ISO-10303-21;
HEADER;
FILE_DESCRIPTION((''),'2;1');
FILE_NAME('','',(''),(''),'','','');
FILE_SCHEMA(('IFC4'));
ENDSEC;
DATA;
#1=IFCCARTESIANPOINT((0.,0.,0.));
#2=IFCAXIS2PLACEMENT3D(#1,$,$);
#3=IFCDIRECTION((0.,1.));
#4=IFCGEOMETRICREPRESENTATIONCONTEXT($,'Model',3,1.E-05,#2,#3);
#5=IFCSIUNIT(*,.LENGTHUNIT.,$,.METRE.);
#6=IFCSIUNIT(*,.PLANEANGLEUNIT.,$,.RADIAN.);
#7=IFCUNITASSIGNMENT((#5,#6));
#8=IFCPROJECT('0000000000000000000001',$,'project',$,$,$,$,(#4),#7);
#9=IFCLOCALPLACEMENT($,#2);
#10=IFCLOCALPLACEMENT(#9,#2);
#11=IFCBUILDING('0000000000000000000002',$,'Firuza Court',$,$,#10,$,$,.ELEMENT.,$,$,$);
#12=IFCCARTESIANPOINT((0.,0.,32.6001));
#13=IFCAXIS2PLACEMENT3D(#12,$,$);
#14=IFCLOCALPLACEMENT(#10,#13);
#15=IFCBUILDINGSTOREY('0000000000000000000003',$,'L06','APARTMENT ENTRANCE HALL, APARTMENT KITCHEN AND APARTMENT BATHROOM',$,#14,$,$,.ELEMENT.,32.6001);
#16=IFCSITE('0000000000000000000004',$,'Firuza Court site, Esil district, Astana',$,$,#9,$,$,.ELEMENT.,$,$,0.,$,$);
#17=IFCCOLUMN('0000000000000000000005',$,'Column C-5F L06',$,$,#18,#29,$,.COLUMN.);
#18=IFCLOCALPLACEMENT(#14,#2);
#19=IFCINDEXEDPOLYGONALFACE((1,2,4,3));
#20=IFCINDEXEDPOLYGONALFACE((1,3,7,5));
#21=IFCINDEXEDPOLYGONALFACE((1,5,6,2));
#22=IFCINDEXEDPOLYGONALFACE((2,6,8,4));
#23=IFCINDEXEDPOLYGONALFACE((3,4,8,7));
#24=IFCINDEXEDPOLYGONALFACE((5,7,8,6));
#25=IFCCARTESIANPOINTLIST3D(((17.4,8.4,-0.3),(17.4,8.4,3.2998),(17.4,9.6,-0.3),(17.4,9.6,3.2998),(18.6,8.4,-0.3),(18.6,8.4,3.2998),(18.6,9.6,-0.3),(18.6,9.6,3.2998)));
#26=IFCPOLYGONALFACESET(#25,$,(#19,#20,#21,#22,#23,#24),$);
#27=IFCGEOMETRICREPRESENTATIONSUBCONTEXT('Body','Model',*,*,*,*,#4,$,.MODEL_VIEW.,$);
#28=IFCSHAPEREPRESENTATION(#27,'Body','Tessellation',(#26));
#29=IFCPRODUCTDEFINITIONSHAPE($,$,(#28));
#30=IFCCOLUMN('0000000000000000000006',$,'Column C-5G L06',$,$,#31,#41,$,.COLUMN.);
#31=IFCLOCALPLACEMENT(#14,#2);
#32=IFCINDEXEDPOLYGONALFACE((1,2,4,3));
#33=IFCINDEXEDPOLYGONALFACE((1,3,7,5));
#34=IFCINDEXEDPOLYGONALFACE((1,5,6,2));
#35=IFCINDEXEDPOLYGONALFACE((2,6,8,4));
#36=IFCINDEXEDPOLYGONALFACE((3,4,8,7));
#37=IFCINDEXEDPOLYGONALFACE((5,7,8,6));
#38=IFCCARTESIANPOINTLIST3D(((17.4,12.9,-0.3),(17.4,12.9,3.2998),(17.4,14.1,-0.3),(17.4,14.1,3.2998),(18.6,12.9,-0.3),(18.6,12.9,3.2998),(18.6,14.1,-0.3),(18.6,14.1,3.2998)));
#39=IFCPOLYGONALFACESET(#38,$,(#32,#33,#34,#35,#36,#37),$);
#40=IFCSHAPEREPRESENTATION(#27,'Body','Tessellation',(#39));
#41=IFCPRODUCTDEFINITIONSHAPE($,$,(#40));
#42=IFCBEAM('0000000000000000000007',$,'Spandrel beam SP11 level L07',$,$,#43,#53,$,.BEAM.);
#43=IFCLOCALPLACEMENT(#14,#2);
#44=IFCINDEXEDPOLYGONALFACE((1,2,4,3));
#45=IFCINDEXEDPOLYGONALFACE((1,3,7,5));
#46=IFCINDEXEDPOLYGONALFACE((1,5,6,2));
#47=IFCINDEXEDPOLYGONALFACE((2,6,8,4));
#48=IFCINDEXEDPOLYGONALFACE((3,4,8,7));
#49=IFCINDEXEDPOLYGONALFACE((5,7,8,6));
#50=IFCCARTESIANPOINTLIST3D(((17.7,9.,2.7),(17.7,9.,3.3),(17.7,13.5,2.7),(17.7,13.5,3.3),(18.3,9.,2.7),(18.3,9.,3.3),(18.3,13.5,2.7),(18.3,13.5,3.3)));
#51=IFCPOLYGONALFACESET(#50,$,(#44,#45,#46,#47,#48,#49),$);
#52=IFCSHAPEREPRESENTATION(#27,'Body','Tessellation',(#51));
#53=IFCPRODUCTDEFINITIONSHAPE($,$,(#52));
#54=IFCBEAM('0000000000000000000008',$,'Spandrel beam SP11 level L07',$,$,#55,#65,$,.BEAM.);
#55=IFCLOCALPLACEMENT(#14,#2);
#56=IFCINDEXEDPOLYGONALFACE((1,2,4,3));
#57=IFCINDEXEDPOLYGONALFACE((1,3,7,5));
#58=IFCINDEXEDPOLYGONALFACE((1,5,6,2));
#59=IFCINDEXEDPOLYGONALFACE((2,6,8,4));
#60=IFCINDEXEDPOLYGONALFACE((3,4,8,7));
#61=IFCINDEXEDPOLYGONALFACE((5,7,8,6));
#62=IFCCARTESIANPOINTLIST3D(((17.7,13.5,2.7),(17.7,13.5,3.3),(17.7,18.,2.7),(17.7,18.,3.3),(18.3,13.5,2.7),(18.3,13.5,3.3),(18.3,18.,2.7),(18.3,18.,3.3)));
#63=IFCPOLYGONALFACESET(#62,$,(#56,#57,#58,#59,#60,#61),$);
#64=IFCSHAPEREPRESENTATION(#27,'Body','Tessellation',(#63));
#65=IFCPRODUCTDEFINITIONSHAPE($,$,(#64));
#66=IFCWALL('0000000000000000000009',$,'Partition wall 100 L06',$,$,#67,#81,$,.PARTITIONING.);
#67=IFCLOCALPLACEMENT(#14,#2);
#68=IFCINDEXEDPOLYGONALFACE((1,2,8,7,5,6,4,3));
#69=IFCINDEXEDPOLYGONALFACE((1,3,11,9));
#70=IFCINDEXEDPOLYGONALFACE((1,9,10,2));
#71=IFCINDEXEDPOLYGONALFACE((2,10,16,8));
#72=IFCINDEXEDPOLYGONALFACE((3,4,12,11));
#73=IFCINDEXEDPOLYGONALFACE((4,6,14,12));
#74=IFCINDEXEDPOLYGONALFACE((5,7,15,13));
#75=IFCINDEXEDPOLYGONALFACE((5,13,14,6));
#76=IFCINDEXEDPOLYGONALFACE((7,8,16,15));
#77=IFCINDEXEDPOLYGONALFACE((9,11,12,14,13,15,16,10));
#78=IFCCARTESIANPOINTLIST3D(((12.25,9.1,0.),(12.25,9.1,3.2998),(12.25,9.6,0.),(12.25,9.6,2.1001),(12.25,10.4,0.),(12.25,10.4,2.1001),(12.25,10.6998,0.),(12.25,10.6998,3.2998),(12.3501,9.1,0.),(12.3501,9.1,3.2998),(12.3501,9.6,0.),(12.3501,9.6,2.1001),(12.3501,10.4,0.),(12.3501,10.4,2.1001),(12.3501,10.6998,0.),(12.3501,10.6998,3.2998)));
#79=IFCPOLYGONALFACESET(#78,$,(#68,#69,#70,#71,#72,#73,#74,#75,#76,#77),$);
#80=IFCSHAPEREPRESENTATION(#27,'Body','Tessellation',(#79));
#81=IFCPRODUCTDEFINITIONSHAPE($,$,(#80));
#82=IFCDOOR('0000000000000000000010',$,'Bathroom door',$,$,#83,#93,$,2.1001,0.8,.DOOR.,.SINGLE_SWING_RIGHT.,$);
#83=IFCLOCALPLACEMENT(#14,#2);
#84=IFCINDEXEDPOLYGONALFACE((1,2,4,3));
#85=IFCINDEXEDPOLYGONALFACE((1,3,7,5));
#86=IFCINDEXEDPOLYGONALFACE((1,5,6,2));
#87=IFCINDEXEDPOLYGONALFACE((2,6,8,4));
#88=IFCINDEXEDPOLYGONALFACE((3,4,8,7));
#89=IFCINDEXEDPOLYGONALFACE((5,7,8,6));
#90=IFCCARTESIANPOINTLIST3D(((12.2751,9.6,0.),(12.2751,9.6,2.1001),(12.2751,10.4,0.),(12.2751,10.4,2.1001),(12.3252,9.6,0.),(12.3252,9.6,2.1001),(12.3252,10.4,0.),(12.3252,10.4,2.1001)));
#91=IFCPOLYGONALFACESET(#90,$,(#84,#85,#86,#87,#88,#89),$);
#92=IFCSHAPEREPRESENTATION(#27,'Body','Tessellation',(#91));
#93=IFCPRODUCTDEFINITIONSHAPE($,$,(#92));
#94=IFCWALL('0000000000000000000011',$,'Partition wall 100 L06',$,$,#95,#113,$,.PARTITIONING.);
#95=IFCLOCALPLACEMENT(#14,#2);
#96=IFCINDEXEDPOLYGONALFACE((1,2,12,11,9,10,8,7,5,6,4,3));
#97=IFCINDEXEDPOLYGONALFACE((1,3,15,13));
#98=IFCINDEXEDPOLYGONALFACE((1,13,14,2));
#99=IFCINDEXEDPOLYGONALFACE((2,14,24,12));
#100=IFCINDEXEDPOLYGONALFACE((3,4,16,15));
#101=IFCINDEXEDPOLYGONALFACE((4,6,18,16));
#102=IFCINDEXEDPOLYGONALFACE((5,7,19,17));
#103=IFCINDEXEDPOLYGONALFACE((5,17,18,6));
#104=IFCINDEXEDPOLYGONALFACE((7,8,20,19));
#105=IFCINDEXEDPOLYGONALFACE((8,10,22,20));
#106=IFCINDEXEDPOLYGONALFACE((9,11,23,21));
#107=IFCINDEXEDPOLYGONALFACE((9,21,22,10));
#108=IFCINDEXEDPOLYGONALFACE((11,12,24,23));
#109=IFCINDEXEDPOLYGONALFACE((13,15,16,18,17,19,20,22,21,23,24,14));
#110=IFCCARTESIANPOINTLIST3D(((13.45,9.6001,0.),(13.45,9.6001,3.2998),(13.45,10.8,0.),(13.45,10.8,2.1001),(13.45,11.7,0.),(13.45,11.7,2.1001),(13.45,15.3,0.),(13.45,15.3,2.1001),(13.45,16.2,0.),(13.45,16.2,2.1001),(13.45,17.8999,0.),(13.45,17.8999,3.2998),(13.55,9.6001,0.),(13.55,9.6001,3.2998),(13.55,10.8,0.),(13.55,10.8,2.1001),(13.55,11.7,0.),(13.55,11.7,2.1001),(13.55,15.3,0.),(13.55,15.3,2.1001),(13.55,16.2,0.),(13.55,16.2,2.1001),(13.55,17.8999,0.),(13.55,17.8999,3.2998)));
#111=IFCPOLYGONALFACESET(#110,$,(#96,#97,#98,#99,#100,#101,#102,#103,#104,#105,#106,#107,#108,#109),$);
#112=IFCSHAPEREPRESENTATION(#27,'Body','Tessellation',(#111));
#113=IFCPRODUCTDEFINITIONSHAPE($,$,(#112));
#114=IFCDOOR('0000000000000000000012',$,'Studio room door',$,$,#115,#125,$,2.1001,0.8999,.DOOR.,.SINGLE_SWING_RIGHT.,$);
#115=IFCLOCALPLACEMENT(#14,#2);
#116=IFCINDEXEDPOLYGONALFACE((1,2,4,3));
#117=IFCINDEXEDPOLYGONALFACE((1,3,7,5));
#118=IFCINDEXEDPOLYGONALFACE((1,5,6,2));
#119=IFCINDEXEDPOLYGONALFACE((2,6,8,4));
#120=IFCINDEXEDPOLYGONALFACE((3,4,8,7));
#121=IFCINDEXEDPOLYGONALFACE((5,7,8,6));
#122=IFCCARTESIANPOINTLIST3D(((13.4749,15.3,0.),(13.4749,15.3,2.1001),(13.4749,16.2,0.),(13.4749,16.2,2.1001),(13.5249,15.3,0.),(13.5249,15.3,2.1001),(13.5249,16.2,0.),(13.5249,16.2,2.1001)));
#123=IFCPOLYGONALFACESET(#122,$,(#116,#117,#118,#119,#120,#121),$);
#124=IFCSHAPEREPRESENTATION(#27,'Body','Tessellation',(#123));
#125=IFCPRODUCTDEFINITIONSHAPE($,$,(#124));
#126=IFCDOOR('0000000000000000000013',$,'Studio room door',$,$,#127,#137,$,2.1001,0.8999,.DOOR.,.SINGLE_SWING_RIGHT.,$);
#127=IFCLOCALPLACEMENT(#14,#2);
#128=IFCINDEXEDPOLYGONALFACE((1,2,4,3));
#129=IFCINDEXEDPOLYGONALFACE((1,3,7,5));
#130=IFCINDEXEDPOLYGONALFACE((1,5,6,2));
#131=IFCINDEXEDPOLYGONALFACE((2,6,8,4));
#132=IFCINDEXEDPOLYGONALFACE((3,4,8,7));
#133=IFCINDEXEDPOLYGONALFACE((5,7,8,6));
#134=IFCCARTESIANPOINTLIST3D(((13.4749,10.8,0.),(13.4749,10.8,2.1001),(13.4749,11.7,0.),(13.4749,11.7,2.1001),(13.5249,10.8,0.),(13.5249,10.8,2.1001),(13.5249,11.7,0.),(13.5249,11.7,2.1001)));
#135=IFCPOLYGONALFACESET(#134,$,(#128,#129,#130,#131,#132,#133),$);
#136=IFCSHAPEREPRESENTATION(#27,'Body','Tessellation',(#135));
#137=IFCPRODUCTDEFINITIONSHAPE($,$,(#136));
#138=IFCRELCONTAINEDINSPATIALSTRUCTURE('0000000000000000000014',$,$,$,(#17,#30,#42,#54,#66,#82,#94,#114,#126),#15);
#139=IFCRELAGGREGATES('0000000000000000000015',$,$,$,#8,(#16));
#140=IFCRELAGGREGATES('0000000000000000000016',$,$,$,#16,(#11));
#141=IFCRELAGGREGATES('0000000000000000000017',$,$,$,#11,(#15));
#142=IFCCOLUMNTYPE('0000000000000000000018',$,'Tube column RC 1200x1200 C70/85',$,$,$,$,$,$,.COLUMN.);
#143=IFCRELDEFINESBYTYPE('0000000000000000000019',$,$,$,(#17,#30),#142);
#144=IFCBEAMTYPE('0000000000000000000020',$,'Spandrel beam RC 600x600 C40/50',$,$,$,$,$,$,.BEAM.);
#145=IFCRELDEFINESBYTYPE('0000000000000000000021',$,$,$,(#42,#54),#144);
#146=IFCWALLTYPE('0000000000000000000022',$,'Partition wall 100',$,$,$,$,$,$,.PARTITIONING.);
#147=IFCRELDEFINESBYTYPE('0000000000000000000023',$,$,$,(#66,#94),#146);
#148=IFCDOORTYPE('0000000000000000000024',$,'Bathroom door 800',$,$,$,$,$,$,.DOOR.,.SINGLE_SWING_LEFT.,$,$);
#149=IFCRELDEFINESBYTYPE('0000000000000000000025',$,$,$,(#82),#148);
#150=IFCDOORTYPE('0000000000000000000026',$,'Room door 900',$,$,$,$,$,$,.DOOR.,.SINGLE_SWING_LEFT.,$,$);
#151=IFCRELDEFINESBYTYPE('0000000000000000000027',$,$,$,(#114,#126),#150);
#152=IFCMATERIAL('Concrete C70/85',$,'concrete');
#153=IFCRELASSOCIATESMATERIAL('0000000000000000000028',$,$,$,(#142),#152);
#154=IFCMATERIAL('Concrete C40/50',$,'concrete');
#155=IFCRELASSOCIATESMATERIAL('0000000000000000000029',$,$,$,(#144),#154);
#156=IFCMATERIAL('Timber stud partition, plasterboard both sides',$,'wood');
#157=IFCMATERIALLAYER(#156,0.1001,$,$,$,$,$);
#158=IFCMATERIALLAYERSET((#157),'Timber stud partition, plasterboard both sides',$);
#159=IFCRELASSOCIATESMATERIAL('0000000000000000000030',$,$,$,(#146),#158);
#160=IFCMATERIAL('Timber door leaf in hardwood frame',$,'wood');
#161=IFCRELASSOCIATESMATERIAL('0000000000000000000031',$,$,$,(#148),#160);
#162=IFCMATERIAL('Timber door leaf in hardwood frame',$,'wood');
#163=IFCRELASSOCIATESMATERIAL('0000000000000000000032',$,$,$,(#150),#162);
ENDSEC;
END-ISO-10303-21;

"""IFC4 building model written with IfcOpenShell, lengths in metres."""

from ifc_helpers import new_model, si_unit, direction, frame, frame_2d, origin, origin_2d, place, context, subcontext, project, spatial, rectangle, extrude, material, layer, layer_set, material_profile, profile_set, type_object, element, fill, save


model = new_model("IFC4")

# Units and contexts
model_context = context("Model", 3, precision=1e-05, world=origin(), true_north=direction((0.0, 1.0)))
body_context = subcontext(model_context, "Body", "Model", "MODEL_VIEW")
ifc_project = project(units=[si_unit("LENGTHUNIT", "METRE"), si_unit("PLANEANGLEUNIT", "RADIAN")], contexts=[model_context])

# Site, building, storey
site_placement = place(None, origin())
site = spatial("IfcSite", under=ifc_project, at=site_placement, Name="Firuza Court site, Esil district, Astana", CompositionType="ELEMENT", RefElevation=0.0)
building_placement = place(site_placement, origin())
building = spatial("IfcBuilding", under=site, at=building_placement, Name="Firuza Court", CompositionType="ELEMENT")
storey_placement = place(building_placement, frame((0.0, 0.0, 32.6001)))
storey = spatial("IfcBuildingStorey", under=building, at=storey_placement, Name="L06", Description="APARTMENT ENTRANCE HALL, APARTMENT KITCHEN AND APARTMENT BATHROOM", CompositionType="ELEMENT", Elevation=32.6001)

# Columns
ifc_material_1 = material(Name="Concrete C70/85", Category="concrete")
ifc_material_profile_1 = material_profile(ifc_material_1, rectangle(XDim=1.2, YDim=1.2, at=origin_2d()), Name="RC 1200x1200")
ifc_profile_set_1 = profile_set([ifc_material_profile_1], Name="Concrete C70/85")
column_type = type_object("IfcColumnType", Name="Tube column RC 1200x1200 C70/85", PredefinedType="COLUMN", material=ifc_profile_set_1)
for number, where, z_axis, x_axis, name in (
    (1, (18.0, 9.0, -0.3), (0.0, 0.0, 1.0), (1.0, 0.0, 0.0), "Column C-5F L06"),
    (2, (18.0, 13.5, -0.3), (0.0, 0.0, 1.0), (1.0, 0.0, 0.0), "Column C-5G L06"),
):
    element("IfcColumn", number, at=place(storey_placement, frame(where, z_axis=z_axis, x_axis=x_axis)), inside=storey, type_object=column_type, Name=name, PredefinedType="COLUMN", context=body_context, shape_type="SweptSolid", body=[
        extrude(rectangle(XDim=1.2, YDim=1.2, at=origin_2d()), origin(), (0.0, 0.0, 1.0), 3.5999),
    ])

# Beams
ifc_material_2 = material(Name="Concrete C40/50", Category="concrete")
ifc_material_profile_2 = material_profile(ifc_material_2, rectangle(XDim=0.6001, YDim=0.6001, at=origin_2d()), Name="RC 600x600")
ifc_profile_set_2 = profile_set([ifc_material_profile_2], Name="Concrete C40/50")
beam_type = type_object("IfcBeamType", Name="Spandrel beam RC 600x600 C40/50", PredefinedType="BEAM", material=ifc_profile_set_2)
for number, where, z_axis, x_axis, name in (
    (3, (18.0, 9.0, 3.0), (0.0, 1.0, 0.0), (-1.0, 0.0, 0.0), "Spandrel beam SP11 level L07"),
    (4, (18.0, 13.5, 3.0), (0.0, 1.0, 0.0), (-1.0, 0.0, 0.0), "Spandrel beam SP11 level L07"),
):
    element("IfcBeam", number, at=place(storey_placement, frame(where, z_axis=z_axis, x_axis=x_axis)), inside=storey, type_object=beam_type, Name=name, PredefinedType="BEAM", context=body_context, shape_type="SweptSolid", body=[
        extrude(rectangle(XDim=0.6001, YDim=0.6001, at=origin_2d()), origin(), (0.0, 0.0, 1.0), 4.5),
    ])

# Wall, opening, door
ifc_material_3 = material(Name="Timber stud partition, plasterboard both sides", Category="wood")
ifc_layer_1 = layer(ifc_material_3, 0.1001)
ifc_layer_set_1 = layer_set([ifc_layer_1], Name="Timber stud partition, plasterboard both sides")
wall_type_1 = type_object("IfcWallType", Name="Partition wall 100", PredefinedType="PARTITIONING", material=ifc_layer_set_1)
wall_1_placement = place(storey_placement, frame((12.3, 9.1001, 0.0), z_axis=(0.0, 0.0, 1.0), x_axis=(0.0, 1.0, 0.0)))
wall_1 = element("IfcWall", 5, at=wall_1_placement, inside=storey, type_object=wall_type_1, Name="Partition wall 100 L06", PredefinedType="PARTITIONING", context=body_context, shape_type="SweptSolid", body=[
    extrude(rectangle(XDim=1.5999, YDim=0.1001, at=frame_2d((0.7998, 0.0))), origin(), (0.0, 0.0, 1.0), 3.2998),
])
opening_1_placement = place(wall_1_placement, frame((0.5, 0.0, 0.0)))
opening_1 = element("IfcOpeningElement", 6, at=opening_1_placement, cuts=wall_1, PredefinedType="OPENING", context=body_context, shape_type="SweptSolid", body=[
    extrude(rectangle(XDim=0.8, YDim=2.1001, at=frame_2d((0.3999, 1.05))), frame((0.0, 0.062, 0.0), z_axis=(0.0, -1.0, 0.0), x_axis=(1.0, 0.0, 0.0)), (0.0, 0.0, 1.0), 0.124),
])
ifc_material_4 = material(Name="Timber door leaf in hardwood frame", Category="wood")
door_type_1 = type_object("IfcDoorType", Name="Bathroom door 800", OperationType="SINGLE_SWING_LEFT", PredefinedType="DOOR", material=ifc_material_4)
door_1_placement = place(opening_1_placement, origin())
door_1 = element("IfcDoor", 7, at=door_1_placement, inside=storey, type_object=door_type_1, Name="Bathroom door", OperationType="SINGLE_SWING_RIGHT", OverallHeight=2.1001, OverallWidth=0.8, PredefinedType="DOOR", context=body_context, shape_type="SweptSolid", body=[
    extrude(rectangle(XDim=0.8, YDim=2.1001, at=frame_2d((0.3999, 1.05))), frame((0.0, 0.0249, 0.0), z_axis=(0.0, -1.0, 0.0), x_axis=(1.0, 0.0, 0.0)), (0.0, 0.0, 1.0), 0.05),
])
fill(opening_1, door_1)

# Wall, openings, doors
wall_2_placement = place(storey_placement, frame((13.5, 9.6001, 0.0), z_axis=(0.0, 0.0, 1.0), x_axis=(0.0, 1.0, 0.0)))
wall_2 = element("IfcWall", 8, at=wall_2_placement, inside=storey, type_object=wall_type_1, Name="Partition wall 100 L06", PredefinedType="PARTITIONING", context=body_context, shape_type="SweptSolid", body=[
    extrude(rectangle(XDim=8.2998, YDim=0.1001, at=frame_2d((4.1499, 0.0))), origin(), (0.0, 0.0, 1.0), 3.2998),
])
opening_2_placement = place(wall_2_placement, frame((5.7, 0.0, 0.0)))
opening_2 = element("IfcOpeningElement", 9, at=opening_2_placement, cuts=wall_2, PredefinedType="OPENING", context=body_context, shape_type="SweptSolid", body=[
    extrude(rectangle(XDim=0.8999, YDim=2.1001, at=frame_2d((0.45, 1.05))), frame((0.0, 0.062, 0.0), z_axis=(0.0, -1.0, 0.0), x_axis=(1.0, 0.0, 0.0)), (0.0, 0.0, 1.0), 0.124),
])
opening_3_placement = place(wall_2_placement, frame((1.2, 0.0, 0.0)))
opening_3 = element("IfcOpeningElement", 10, at=opening_3_placement, cuts=wall_2, PredefinedType="OPENING", context=body_context, shape_type="SweptSolid", body=[
    extrude(rectangle(XDim=0.8999, YDim=2.1001, at=frame_2d((0.45, 1.05))), frame((0.0, 0.062, 0.0), z_axis=(0.0, -1.0, 0.0), x_axis=(1.0, 0.0, 0.0)), (0.0, 0.0, 1.0), 0.124),
])
ifc_material_5 = material(Name="Timber door leaf in hardwood frame", Category="wood")
door_type_2 = type_object("IfcDoorType", Name="Room door 900", OperationType="SINGLE_SWING_LEFT", PredefinedType="DOOR", material=ifc_material_5)
door_2_placement = place(opening_2_placement, frame((0.8999, 0.0, 0.0), z_axis=(0.0, 0.0, 1.0), x_axis=(-1.0, 0.0, 0.0)))
door_2 = element("IfcDoor", 11, at=door_2_placement, inside=storey, type_object=door_type_2, Name="Studio room door", OperationType="SINGLE_SWING_RIGHT", OverallHeight=2.1001, OverallWidth=0.8999, PredefinedType="DOOR", context=body_context, shape_type="SweptSolid", body=[
    extrude(rectangle(XDim=0.8999, YDim=2.1001, at=frame_2d((0.45, 1.05))), frame((0.0, 0.0249, 0.0), z_axis=(0.0, -1.0, 0.0), x_axis=(1.0, 0.0, 0.0)), (0.0, 0.0, 1.0), 0.05),
])
fill(opening_2, door_2)
door_3_placement = place(opening_3_placement, frame((0.8999, 0.0, 0.0), z_axis=(0.0, 0.0, 1.0), x_axis=(-1.0, 0.0, 0.0)))
door_3 = element("IfcDoor", 12, at=door_3_placement, inside=storey, type_object=door_type_2, Name="Studio room door", OperationType="SINGLE_SWING_RIGHT", OverallHeight=2.1001, OverallWidth=0.8999, PredefinedType="DOOR", context=body_context, shape_type="SweptSolid", body=[
    extrude(rectangle(XDim=0.8999, YDim=2.1001, at=frame_2d((0.45, 1.05))), frame((0.0, 0.0249, 0.0), z_axis=(0.0, -1.0, 0.0), x_axis=(1.0, 0.0, 0.0)), (0.0, 0.0, 1.0), 0.05),
])
fill(opening_3, door_3)

save(model, "model.ifc")
